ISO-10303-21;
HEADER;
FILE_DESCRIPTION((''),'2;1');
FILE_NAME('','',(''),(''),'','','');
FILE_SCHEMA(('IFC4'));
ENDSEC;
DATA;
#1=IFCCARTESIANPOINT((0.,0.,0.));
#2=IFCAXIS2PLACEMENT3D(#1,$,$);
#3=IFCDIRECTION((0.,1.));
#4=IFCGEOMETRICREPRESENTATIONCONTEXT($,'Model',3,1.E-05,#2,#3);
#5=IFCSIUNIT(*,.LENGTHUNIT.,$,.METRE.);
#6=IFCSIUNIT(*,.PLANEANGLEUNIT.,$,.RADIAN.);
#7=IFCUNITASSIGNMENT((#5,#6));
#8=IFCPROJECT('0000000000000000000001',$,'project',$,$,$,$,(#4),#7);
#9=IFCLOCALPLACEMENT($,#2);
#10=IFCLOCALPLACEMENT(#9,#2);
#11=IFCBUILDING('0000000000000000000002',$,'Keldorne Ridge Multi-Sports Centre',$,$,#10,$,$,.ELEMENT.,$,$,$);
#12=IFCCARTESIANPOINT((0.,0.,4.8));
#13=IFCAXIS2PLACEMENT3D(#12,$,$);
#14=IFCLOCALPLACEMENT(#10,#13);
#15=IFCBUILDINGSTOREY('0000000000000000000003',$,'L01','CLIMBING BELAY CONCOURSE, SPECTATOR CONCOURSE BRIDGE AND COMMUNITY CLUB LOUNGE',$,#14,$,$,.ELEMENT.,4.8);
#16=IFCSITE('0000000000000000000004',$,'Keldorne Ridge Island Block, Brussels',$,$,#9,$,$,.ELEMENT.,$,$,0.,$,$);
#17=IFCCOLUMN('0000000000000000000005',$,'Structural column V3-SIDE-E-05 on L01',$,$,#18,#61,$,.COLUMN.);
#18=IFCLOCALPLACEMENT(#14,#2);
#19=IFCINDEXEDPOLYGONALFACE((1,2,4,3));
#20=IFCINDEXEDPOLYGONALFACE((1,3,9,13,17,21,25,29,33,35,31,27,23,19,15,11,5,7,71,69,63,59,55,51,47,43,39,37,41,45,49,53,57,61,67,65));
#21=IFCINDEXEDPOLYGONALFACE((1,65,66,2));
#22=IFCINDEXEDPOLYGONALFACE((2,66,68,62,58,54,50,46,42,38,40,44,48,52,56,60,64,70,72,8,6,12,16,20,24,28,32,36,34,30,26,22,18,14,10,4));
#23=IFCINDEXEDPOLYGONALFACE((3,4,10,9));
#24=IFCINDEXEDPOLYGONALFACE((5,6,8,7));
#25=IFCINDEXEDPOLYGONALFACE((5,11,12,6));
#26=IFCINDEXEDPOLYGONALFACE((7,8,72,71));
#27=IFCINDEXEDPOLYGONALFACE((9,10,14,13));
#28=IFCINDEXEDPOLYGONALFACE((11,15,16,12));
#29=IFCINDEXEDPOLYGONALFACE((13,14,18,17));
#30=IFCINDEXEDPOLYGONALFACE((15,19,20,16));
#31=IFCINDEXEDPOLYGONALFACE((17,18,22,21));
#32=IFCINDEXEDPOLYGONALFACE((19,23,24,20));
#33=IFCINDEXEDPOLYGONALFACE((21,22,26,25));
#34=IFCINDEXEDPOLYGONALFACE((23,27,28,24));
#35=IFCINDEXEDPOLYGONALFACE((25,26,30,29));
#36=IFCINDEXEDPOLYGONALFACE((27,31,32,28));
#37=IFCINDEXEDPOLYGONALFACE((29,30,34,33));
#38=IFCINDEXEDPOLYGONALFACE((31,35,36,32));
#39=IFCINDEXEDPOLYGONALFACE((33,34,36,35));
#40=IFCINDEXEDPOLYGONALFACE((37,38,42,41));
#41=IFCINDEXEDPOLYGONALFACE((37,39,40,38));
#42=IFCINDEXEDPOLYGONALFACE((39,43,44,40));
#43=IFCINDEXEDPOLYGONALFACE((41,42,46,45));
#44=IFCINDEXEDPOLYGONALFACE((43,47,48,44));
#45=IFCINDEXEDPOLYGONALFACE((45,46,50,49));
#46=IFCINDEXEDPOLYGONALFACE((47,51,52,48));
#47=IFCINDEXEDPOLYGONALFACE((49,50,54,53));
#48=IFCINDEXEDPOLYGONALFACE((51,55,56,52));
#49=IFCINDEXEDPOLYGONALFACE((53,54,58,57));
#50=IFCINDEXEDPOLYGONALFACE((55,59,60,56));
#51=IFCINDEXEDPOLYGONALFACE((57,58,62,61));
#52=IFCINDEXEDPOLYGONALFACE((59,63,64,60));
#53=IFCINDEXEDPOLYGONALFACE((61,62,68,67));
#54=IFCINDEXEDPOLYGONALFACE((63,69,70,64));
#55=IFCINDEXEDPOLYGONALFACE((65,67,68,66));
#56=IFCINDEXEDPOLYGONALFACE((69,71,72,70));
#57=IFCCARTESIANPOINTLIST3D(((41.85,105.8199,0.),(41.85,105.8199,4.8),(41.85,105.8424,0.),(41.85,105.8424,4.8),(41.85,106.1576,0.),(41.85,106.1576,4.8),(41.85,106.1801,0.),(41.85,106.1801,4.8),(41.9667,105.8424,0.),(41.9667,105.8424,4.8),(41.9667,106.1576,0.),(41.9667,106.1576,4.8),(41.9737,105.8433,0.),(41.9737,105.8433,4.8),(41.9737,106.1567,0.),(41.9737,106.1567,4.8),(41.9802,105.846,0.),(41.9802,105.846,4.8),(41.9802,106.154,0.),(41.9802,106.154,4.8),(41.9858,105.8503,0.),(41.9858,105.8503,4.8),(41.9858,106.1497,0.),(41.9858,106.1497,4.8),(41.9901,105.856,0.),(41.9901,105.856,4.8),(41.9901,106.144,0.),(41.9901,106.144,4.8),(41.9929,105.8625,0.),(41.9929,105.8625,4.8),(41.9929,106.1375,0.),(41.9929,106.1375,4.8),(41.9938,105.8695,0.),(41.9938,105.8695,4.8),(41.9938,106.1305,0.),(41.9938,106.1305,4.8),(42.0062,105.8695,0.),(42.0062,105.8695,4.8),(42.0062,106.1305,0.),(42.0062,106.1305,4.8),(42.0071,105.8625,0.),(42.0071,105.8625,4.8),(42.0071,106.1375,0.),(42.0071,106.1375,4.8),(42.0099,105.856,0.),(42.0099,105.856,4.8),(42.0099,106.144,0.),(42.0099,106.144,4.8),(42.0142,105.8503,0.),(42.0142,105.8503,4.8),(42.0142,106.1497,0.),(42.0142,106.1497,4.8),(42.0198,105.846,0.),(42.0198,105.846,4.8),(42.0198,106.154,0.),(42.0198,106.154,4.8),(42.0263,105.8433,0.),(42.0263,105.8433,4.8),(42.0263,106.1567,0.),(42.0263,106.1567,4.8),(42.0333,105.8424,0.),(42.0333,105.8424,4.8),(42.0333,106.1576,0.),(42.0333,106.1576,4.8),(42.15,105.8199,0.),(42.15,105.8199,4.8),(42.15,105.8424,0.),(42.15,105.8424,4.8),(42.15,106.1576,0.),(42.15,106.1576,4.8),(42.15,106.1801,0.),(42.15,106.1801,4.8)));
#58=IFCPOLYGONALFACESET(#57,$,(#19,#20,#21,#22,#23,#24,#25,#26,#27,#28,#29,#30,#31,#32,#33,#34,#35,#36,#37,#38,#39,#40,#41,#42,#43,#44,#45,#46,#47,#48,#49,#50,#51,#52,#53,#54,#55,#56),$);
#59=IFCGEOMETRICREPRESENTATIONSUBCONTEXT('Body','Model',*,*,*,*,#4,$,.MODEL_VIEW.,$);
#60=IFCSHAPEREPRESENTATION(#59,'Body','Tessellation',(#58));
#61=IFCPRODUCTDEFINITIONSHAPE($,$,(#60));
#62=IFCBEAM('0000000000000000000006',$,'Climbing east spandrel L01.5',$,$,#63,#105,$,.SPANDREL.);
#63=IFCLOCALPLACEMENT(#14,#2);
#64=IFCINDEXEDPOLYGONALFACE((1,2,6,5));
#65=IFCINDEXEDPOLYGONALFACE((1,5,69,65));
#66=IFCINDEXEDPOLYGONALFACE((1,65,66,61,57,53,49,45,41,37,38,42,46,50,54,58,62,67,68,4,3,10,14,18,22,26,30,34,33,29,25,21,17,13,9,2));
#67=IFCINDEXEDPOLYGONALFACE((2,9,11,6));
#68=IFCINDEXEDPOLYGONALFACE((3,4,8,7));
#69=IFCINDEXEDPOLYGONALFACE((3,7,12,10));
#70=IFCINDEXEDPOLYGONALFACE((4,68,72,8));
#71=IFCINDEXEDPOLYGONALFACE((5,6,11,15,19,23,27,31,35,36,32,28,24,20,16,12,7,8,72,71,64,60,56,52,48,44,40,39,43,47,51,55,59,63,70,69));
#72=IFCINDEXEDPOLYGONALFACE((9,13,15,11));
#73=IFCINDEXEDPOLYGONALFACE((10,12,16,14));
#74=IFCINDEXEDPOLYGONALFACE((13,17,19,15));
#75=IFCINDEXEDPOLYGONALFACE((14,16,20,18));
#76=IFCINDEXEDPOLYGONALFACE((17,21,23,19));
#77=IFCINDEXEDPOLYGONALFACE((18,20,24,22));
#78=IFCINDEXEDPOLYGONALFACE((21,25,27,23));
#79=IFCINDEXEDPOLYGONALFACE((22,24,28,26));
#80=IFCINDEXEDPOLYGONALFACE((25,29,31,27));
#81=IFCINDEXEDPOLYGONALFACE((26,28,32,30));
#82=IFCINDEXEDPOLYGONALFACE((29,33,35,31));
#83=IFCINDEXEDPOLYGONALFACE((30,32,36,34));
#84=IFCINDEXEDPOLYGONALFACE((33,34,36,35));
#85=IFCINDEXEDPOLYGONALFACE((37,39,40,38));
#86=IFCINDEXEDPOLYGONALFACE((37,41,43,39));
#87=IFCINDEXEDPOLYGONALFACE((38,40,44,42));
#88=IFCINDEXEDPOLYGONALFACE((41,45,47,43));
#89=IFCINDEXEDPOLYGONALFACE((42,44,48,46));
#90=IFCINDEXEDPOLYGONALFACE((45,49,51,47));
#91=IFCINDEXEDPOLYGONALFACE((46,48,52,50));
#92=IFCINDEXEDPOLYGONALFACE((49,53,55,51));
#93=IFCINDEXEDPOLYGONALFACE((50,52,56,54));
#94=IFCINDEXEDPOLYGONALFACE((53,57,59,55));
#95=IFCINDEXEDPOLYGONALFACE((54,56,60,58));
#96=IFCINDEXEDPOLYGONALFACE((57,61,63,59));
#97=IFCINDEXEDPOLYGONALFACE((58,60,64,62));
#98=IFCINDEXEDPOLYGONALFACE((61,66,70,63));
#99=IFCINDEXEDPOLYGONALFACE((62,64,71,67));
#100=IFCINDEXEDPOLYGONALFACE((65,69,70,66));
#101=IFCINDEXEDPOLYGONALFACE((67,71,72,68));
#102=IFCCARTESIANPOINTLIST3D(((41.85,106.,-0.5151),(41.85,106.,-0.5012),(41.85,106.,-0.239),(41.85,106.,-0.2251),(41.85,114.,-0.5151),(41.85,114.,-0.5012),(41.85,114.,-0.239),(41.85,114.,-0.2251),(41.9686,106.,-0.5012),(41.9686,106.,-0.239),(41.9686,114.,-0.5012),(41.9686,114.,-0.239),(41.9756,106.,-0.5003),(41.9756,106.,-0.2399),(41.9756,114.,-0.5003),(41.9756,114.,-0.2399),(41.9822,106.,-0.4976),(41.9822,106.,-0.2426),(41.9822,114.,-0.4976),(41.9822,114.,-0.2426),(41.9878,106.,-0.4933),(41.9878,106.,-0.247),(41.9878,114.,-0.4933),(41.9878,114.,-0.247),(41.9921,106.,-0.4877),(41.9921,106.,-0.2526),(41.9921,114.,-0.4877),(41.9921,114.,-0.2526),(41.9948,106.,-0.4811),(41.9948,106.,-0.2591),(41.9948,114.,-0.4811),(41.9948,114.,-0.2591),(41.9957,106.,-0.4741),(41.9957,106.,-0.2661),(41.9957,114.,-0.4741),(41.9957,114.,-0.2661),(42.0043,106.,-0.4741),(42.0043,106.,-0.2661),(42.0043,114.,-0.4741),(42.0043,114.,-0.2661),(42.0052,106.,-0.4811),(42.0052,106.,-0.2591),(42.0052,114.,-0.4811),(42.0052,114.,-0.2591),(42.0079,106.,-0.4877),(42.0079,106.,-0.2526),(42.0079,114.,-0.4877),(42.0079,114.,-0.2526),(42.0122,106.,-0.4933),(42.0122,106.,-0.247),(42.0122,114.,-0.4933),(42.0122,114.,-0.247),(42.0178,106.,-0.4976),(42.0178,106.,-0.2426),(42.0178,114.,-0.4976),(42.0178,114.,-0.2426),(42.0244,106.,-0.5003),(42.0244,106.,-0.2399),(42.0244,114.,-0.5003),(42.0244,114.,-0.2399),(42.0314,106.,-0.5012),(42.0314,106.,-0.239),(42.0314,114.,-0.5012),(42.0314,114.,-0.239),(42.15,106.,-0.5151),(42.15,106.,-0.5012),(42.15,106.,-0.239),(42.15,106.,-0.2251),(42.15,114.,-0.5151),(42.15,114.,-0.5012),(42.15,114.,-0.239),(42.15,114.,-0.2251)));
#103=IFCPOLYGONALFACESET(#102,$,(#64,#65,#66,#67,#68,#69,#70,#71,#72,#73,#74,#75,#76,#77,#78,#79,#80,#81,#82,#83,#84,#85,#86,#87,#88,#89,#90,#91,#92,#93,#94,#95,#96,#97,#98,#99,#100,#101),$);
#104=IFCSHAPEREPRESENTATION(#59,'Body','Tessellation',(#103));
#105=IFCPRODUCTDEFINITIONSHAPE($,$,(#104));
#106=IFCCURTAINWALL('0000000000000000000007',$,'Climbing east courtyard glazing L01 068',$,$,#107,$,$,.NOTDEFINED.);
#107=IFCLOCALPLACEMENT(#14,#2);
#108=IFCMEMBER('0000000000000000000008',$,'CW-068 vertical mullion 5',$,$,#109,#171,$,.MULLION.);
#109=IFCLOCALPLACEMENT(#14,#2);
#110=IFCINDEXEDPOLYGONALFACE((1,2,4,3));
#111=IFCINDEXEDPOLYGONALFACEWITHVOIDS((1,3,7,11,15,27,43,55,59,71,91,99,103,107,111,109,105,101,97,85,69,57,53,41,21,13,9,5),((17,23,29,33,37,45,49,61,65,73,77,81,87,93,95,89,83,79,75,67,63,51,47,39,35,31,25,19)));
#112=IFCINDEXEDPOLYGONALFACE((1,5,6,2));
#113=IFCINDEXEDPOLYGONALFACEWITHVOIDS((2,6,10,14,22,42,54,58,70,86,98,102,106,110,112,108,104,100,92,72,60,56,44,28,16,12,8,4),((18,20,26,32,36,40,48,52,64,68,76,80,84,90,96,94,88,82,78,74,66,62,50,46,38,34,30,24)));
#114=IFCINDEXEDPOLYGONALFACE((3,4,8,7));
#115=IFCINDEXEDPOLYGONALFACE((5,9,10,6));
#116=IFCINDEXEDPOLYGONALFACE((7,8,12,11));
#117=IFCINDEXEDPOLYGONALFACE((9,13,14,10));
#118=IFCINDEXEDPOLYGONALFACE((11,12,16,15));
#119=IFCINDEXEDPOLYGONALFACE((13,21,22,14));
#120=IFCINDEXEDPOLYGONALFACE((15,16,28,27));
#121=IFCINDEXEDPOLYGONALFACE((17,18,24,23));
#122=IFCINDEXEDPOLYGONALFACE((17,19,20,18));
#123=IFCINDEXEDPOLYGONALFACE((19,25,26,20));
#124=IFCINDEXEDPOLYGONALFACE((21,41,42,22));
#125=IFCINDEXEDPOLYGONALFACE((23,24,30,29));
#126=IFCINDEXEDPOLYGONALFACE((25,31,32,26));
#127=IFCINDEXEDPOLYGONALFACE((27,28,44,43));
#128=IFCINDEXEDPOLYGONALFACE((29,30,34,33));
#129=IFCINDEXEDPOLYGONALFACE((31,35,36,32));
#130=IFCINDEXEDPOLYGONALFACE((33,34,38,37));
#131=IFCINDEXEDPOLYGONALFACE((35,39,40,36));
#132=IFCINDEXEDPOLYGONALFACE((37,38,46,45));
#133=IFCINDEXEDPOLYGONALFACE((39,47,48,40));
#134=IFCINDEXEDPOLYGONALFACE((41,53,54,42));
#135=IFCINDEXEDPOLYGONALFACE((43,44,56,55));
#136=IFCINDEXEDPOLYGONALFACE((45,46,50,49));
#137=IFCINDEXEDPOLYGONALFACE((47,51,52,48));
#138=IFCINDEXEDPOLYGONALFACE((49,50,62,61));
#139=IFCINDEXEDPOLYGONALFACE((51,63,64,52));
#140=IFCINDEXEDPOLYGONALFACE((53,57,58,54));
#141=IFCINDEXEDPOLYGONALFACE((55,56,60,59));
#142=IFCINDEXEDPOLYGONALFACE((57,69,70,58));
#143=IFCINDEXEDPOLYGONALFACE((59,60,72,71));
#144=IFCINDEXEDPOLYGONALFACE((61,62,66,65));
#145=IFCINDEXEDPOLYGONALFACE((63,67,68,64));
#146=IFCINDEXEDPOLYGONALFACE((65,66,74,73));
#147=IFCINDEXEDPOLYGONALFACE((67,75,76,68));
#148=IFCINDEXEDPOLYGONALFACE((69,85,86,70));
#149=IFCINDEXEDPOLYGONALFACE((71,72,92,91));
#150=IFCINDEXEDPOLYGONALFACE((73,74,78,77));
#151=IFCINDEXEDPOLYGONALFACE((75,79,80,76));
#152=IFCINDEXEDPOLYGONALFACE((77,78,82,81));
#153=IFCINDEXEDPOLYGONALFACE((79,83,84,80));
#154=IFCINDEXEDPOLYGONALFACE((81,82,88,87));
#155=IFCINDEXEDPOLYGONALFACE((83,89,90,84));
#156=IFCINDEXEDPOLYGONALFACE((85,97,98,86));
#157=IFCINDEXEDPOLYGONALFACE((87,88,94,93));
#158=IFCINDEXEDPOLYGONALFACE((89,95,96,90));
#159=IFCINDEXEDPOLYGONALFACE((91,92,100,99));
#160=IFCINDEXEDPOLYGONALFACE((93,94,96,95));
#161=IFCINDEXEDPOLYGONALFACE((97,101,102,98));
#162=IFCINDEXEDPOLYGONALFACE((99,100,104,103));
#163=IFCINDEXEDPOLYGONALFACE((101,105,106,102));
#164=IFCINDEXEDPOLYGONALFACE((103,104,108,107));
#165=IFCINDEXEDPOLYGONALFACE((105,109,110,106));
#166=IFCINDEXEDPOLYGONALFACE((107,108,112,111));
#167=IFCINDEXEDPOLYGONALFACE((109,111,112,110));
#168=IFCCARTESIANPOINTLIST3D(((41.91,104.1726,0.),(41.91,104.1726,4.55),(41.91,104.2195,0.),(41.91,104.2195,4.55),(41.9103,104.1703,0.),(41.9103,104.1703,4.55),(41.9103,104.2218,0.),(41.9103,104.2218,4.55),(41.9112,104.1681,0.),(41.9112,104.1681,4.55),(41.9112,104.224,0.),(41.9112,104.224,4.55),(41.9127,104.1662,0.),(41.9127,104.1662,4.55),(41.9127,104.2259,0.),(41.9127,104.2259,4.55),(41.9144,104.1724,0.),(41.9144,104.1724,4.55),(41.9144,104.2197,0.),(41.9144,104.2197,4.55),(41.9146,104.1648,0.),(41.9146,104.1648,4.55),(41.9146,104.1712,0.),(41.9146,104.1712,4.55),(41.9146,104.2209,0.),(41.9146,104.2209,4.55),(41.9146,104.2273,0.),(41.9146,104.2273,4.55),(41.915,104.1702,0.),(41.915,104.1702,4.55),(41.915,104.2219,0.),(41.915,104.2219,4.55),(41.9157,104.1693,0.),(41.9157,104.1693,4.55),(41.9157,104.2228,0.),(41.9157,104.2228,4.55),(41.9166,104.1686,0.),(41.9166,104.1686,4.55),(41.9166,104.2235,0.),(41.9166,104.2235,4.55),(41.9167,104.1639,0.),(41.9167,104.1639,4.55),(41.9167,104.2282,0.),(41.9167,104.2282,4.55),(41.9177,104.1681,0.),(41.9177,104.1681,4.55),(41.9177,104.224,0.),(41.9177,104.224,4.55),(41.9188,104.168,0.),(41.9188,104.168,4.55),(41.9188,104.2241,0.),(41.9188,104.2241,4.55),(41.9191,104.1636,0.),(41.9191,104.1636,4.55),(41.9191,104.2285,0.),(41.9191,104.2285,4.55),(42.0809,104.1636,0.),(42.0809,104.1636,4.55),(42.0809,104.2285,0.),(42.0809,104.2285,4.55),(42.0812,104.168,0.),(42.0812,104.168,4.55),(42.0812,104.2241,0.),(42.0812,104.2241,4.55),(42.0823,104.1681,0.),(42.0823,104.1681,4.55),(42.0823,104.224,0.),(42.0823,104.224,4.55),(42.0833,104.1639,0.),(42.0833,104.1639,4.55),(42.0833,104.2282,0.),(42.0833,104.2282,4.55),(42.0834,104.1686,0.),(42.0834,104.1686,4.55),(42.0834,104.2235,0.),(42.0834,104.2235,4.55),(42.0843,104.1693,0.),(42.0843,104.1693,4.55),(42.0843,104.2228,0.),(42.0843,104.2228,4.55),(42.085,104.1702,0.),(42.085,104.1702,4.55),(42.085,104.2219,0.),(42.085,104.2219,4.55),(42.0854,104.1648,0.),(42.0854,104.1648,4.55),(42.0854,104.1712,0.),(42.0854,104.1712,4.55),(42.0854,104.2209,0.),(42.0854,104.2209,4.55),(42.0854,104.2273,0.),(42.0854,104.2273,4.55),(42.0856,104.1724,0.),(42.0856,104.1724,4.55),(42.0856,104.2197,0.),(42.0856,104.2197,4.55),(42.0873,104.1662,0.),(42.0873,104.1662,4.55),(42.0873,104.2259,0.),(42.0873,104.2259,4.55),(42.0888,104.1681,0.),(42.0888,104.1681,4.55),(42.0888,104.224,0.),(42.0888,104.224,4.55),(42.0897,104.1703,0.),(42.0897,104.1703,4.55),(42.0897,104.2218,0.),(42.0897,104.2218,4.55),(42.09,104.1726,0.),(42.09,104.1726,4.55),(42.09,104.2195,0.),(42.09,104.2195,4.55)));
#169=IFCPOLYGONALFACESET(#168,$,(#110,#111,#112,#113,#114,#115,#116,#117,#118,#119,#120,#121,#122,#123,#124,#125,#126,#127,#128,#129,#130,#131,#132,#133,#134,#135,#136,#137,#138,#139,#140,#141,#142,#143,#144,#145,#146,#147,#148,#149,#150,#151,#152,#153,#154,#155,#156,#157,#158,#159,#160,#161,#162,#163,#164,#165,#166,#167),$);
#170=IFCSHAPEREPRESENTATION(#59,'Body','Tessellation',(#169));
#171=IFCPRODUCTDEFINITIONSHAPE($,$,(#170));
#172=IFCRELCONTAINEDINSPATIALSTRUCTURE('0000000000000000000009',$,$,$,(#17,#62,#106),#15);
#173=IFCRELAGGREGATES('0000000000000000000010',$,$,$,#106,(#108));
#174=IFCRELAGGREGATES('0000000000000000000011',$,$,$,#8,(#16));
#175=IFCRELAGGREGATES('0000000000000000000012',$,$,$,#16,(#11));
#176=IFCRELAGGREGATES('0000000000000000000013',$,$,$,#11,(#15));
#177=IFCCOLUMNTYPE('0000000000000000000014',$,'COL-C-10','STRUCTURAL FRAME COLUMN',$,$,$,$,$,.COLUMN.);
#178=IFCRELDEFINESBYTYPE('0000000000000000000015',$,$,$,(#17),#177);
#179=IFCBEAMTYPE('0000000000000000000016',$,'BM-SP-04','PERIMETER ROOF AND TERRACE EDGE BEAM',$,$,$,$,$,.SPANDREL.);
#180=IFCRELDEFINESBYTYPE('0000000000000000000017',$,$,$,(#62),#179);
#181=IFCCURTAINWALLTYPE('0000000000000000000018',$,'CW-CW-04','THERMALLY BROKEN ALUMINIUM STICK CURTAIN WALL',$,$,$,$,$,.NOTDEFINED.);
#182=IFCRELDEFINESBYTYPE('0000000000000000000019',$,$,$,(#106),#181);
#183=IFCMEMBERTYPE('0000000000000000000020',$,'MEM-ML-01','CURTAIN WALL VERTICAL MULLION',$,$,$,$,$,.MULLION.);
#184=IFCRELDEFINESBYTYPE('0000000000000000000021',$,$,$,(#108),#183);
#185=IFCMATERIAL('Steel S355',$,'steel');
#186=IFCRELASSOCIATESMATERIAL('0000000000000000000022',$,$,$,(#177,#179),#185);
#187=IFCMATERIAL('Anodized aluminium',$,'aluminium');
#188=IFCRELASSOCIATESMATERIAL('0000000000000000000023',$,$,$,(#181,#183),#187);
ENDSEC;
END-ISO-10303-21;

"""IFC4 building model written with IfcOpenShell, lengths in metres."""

from ifc_helpers import new_model, si_unit, direction, frame, origin, origin_2d, place, context, subcontext, project, spatial, hollow_rectangle, i_section, extrude, material, material_profile, profile_set, type_object, element, aggregate, save


model = new_model("IFC4")

# Units and contexts
model_context = context("Model", 3, precision=1e-05, world=origin(), true_north=direction((0.0, 1.0)))
body_context = subcontext(model_context, "Body", "Model", "MODEL_VIEW")
ifc_project = project(units=[si_unit("LENGTHUNIT", "METRE"), si_unit("PLANEANGLEUNIT", "RADIAN")], contexts=[model_context])

# Site, building, storey
site_placement = place(None, origin())
site = spatial("IfcSite", under=ifc_project, at=site_placement, Name="Keldorne Ridge Island Block, Brussels", CompositionType="ELEMENT", RefElevation=0.0)
building_placement = place(site_placement, origin())
building = spatial("IfcBuilding", under=site, at=building_placement, Name="Keldorne Ridge Multi-Sports Centre", CompositionType="ELEMENT")
storey_placement = place(building_placement, frame((0.0, 0.0, 4.8)))
storey = spatial("IfcBuildingStorey", under=building, at=storey_placement, Name="L01", Description="CLIMBING BELAY CONCOURSE, SPECTATOR CONCOURSE BRIDGE AND COMMUNITY CLUB LOUNGE", CompositionType="ELEMENT", Elevation=4.8)

# Column
ifc_material_1 = material(Name="Steel S355", Category="steel")
ifc_material_profile_1 = material_profile(ifc_material_1, i_section(OverallWidth=0.3, OverallDepth=0.3601, WebThickness=0.0125, FlangeThickness=0.0225, FilletRadius=0.0271, at=origin_2d()), Name="HEB 360")
ifc_profile_set_1 = profile_set([ifc_material_profile_1], Name="Steel S355")
column_type = type_object("IfcColumnType", Name="COL-C-10", Description="STRUCTURAL FRAME COLUMN", PredefinedType="COLUMN", material=ifc_profile_set_1)
column_placement = place(storey_placement, frame((42.0, 106.0, 0.0), z_axis=(0.0, 0.0, 1.0), x_axis=(1.0, 0.0, 0.0)))
element("IfcColumn", 1, at=column_placement, inside=storey, type_object=column_type, Name="Structural column V3-SIDE-E-05 on L01", PredefinedType="COLUMN", context=body_context, shape_type="SweptSolid", body=[
    extrude(i_section(OverallWidth=0.3, OverallDepth=0.3601, WebThickness=0.0125, FlangeThickness=0.0225, FilletRadius=0.0271, at=origin_2d()), origin(), (0.0, 0.0, 1.0), 4.8),
])

# Beam
ifc_material_profile_2 = material_profile(ifc_material_1, i_section(OverallWidth=0.3, OverallDepth=0.29, WebThickness=0.0085, FlangeThickness=0.0139, FilletRadius=0.0271, at=origin_2d()), Name="HEA 300")
ifc_profile_set_2 = profile_set([ifc_material_profile_2], Name="Steel S355")
beam_type = type_object("IfcBeamType", Name="BM-SP-04", Description="PERIMETER ROOF AND TERRACE EDGE BEAM", PredefinedType="SPANDREL", material=ifc_profile_set_2)
beam_placement = place(storey_placement, frame((42.0, 106.0, -0.3701), z_axis=(0.0, 1.0, 0.0), x_axis=(-1.0, 0.0, 0.0)))
element("IfcBeam", 2, at=beam_placement, inside=storey, type_object=beam_type, Name="Climbing east spandrel L01.5", PredefinedType="SPANDREL", context=body_context, shape_type="SweptSolid", body=[
    extrude(i_section(OverallWidth=0.3, OverallDepth=0.29, WebThickness=0.0085, FlangeThickness=0.0139, FilletRadius=0.0271, at=origin_2d()), origin(), (0.0, 0.0, 1.0), 8.0),
])

# Curtain wall, member
ifc_material_2 = material(Name="Anodized aluminium", Category="aluminium")
curtain_wall_type_1 = type_object("IfcCurtainWallType", Name="CW-CW-04", Description="THERMALLY BROKEN ALUMINIUM STICK CURTAIN WALL", PredefinedType="NOTDEFINED", material=ifc_material_2)
curtain_wall_1_placement = place(storey_placement, origin())
curtain_wall_1 = element("IfcCurtainWall", 3, at=curtain_wall_1_placement, inside=storey, type_object=curtain_wall_type_1, Name="Climbing east courtyard glazing L01 068", PredefinedType="NOTDEFINED")
ifc_material_profile_3 = material_profile(ifc_material_2, hollow_rectangle(XDim=0.0649, YDim=0.1799, WallThickness=0.0044, InnerFilletRadius=0.0044, OuterFilletRadius=0.009, at=origin_2d()), Name="ALU MULLION 180x65x4.5")
ifc_profile_set_3 = profile_set([ifc_material_profile_3], Name="Anodized aluminium")
member_type_1 = type_object("IfcMemberType", Name="MEM-ML-01", Description="CURTAIN WALL VERTICAL MULLION", PredefinedType="MULLION", material=ifc_profile_set_3)
member_1_placement = place(storey_placement, frame((42.0, 104.196, 0.0), z_axis=(0.0, 0.0, 1.0), x_axis=(0.0, 1.0, 0.0)))
member_1 = element("IfcMember", 4, at=member_1_placement, type_object=member_type_1, Name="CW-068 vertical mullion 5", PredefinedType="MULLION", context=body_context, shape_type="SweptSolid", body=[
    extrude(hollow_rectangle(XDim=0.0649, YDim=0.1799, WallThickness=0.0044, InnerFilletRadius=0.0044, OuterFilletRadius=0.009, at=origin_2d()), origin(), (0.0, 0.0, 1.0), 4.55),
])

aggregate(curtain_wall_1, [member_1])

save(model, "model.ifc")
